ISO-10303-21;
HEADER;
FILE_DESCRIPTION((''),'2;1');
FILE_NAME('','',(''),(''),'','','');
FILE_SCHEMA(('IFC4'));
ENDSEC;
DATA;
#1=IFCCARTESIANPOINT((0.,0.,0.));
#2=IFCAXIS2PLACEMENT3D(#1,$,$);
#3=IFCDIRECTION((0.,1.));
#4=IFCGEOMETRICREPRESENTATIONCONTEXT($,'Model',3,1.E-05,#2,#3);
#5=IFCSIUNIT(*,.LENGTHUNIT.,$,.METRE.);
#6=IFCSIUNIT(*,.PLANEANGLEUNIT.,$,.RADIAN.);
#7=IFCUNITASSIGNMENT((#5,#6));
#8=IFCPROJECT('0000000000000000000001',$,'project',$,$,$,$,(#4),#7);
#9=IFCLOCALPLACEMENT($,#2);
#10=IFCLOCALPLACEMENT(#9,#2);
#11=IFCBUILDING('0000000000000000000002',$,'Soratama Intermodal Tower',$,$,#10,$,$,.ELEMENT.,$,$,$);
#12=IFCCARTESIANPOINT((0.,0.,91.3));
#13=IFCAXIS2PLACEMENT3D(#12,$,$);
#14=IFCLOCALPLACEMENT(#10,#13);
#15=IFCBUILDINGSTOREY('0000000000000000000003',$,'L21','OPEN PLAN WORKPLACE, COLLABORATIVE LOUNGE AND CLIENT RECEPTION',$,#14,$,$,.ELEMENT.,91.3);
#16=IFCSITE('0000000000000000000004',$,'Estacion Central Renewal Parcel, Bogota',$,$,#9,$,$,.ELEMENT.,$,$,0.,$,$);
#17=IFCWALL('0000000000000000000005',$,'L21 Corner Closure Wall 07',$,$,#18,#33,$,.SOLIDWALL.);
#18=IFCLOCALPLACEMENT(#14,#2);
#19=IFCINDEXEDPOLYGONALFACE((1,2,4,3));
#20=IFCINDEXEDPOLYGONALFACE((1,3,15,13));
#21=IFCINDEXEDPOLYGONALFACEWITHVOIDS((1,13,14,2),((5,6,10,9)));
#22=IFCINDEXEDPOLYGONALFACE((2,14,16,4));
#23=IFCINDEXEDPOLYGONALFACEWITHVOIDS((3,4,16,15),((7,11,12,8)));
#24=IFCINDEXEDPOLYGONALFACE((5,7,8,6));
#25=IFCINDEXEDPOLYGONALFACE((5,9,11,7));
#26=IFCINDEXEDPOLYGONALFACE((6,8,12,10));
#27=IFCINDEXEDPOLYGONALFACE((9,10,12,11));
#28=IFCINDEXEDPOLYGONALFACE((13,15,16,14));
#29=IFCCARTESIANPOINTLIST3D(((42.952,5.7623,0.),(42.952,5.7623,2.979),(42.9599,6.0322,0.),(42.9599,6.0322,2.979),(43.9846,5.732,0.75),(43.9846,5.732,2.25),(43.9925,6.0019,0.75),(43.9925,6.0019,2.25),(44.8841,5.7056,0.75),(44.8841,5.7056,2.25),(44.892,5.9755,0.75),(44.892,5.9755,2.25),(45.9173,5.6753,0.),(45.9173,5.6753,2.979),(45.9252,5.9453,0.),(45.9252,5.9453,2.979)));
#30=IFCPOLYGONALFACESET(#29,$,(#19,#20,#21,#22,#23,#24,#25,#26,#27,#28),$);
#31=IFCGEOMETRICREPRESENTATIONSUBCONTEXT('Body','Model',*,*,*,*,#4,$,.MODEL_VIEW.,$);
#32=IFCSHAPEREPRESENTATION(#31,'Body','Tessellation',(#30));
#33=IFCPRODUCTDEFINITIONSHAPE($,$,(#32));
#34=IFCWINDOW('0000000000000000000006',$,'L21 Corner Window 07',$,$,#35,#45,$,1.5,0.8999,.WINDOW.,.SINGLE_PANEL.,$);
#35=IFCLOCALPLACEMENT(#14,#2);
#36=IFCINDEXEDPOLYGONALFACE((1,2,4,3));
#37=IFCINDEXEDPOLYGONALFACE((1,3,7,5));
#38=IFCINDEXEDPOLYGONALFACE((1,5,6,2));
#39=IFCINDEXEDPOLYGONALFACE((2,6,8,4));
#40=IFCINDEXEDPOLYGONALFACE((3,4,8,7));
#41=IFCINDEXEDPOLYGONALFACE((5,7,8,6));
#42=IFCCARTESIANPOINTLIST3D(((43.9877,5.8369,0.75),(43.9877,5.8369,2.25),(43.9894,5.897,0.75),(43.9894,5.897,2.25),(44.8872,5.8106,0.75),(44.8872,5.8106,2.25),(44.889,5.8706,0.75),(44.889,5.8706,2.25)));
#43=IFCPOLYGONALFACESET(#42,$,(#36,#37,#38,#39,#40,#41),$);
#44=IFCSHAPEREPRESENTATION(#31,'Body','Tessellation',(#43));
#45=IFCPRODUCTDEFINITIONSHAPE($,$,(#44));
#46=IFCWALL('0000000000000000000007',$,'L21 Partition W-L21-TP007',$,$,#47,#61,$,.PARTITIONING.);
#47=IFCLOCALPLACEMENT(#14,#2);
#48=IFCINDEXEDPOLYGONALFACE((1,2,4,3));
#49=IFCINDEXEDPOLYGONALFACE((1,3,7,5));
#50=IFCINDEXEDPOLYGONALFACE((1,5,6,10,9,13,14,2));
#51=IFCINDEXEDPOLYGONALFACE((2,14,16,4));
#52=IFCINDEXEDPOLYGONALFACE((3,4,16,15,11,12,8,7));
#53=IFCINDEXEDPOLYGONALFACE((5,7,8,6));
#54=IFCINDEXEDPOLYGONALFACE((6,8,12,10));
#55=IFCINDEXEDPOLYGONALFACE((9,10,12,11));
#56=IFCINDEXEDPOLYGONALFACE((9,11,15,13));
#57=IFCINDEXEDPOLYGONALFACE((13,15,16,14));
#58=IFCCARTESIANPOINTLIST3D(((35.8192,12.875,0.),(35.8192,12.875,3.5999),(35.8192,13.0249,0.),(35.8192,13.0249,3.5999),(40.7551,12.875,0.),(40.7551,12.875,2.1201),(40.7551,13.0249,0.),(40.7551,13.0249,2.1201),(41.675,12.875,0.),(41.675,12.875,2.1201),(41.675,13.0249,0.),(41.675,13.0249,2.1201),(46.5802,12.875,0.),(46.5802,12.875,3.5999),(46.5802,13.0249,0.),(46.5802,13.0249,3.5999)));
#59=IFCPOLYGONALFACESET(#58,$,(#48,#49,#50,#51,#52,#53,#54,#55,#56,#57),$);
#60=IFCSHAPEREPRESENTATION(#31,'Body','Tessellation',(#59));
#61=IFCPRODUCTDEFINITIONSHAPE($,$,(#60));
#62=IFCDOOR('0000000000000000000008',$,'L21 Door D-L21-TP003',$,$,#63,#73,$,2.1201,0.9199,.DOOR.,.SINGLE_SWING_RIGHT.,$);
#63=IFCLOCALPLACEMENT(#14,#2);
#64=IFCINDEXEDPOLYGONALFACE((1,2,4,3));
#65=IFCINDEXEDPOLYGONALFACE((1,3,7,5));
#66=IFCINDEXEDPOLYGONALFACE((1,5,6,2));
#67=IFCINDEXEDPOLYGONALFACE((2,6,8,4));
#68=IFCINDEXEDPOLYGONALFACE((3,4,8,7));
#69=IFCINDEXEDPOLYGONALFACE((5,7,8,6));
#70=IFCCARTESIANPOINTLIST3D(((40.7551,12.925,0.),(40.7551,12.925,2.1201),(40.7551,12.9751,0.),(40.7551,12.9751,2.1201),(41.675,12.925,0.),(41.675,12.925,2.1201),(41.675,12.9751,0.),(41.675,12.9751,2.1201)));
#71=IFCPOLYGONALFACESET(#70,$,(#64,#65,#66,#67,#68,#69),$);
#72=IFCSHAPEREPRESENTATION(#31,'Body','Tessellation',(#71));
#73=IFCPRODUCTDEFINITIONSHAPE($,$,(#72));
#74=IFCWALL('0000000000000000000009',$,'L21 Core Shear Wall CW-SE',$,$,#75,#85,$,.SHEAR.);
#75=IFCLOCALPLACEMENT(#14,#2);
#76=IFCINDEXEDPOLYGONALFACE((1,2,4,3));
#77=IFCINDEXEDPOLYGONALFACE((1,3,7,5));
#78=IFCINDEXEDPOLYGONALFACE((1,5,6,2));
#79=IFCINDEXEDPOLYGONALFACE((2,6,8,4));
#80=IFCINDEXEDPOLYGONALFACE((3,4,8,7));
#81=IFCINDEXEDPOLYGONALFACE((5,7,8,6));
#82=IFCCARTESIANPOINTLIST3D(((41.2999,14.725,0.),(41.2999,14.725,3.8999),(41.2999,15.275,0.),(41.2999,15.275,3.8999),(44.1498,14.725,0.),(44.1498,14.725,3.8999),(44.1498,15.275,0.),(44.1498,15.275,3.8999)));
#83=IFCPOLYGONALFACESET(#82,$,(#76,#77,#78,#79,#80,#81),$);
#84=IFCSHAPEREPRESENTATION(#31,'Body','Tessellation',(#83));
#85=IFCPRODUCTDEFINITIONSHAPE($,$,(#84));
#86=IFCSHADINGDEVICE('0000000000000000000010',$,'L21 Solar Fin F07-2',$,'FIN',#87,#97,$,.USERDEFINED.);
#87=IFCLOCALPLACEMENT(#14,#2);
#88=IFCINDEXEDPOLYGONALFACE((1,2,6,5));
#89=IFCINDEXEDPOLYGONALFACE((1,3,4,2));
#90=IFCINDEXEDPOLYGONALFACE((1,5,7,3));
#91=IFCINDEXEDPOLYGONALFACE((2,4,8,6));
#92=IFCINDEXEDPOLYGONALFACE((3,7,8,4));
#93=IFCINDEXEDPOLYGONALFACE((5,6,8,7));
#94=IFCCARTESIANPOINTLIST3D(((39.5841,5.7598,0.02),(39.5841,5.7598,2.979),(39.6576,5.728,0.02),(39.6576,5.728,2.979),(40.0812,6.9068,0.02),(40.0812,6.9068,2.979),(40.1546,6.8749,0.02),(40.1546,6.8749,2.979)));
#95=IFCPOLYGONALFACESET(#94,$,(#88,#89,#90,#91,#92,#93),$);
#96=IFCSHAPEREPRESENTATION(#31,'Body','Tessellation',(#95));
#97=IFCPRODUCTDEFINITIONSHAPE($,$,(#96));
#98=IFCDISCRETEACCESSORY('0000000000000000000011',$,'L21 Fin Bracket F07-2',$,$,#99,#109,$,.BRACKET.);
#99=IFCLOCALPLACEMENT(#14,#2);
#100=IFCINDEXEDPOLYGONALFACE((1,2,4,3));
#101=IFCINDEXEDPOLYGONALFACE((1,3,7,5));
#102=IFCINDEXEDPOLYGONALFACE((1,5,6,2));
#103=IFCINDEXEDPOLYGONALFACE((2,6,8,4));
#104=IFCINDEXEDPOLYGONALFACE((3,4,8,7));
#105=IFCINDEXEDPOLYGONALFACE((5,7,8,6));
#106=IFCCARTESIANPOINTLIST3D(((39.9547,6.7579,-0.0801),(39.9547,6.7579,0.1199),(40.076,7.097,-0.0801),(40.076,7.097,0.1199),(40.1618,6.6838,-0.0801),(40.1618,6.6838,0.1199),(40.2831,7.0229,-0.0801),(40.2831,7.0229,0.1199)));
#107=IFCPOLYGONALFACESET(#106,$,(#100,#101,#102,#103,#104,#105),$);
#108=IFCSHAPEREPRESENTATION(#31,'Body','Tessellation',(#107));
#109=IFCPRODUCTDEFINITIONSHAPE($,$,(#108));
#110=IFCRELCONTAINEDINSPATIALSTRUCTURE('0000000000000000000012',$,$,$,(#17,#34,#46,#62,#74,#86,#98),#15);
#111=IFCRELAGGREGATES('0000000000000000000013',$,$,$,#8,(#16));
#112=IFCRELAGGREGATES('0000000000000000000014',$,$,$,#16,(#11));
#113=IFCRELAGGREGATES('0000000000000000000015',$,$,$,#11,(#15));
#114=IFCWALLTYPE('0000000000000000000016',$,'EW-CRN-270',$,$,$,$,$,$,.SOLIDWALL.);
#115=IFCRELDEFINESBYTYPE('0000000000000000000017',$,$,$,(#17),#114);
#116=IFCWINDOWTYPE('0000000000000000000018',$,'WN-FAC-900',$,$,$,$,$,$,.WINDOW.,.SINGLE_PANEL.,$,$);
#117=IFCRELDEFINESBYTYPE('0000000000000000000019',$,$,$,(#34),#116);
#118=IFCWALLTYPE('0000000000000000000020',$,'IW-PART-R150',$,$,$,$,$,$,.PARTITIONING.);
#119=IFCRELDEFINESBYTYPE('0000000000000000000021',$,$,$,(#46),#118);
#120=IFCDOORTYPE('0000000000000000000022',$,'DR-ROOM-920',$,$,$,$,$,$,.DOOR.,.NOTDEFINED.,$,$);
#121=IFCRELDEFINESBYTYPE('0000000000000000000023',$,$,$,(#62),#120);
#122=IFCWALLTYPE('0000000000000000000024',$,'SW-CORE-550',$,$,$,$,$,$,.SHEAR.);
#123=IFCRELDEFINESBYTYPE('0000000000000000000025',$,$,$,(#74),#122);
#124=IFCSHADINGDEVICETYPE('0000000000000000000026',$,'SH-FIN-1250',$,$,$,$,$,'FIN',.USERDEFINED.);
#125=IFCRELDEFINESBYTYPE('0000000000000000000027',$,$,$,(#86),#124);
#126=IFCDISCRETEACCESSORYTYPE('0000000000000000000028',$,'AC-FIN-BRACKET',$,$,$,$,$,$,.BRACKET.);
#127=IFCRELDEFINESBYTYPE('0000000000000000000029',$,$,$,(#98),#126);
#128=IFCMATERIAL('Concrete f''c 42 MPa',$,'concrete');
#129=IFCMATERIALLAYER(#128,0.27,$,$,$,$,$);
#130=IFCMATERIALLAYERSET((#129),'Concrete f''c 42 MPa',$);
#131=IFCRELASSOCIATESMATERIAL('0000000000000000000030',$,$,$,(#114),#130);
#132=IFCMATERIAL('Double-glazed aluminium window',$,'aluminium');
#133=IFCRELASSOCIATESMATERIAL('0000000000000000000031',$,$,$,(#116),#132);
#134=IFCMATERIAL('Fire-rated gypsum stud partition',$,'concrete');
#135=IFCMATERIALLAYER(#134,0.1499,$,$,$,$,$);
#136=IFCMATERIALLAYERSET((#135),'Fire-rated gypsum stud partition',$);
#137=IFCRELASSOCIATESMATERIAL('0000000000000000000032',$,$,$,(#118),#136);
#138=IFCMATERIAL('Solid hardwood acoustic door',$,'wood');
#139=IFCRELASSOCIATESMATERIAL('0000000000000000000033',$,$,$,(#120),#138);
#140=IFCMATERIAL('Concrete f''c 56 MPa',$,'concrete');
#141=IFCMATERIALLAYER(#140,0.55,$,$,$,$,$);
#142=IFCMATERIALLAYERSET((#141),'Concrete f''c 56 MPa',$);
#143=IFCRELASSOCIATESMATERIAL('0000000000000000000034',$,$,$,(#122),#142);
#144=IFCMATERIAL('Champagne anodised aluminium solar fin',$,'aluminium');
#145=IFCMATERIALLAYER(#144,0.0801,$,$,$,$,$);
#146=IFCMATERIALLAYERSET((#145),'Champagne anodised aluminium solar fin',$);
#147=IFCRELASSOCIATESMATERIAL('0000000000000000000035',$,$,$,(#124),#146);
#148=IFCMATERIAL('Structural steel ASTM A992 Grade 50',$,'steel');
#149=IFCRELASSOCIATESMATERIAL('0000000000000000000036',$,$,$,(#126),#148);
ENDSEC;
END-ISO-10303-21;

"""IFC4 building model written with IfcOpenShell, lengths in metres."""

from ifc_helpers import new_model, si_unit, direction, frame, frame_2d, origin, origin_2d, place, context, subcontext, project, spatial, rectangle, extrude, material, layer, layer_set, type_object, element, fill, save


model = new_model("IFC4")

# Units and contexts
model_context = context("Model", 3, precision=1e-05, world=origin(), true_north=direction((0.0, 1.0)))
body_context = subcontext(model_context, "Body", "Model", "MODEL_VIEW")
ifc_project = project(units=[si_unit("LENGTHUNIT", "METRE"), si_unit("PLANEANGLEUNIT", "RADIAN")], contexts=[model_context])

# Site, building, storey
site_placement = place(None, origin())
site = spatial("IfcSite", under=ifc_project, at=site_placement, Name="Estacion Central Renewal Parcel, Bogota", CompositionType="ELEMENT", RefElevation=0.0)
building_placement = place(site_placement, origin())
building = spatial("IfcBuilding", under=site, at=building_placement, Name="Soratama Intermodal Tower", CompositionType="ELEMENT")
storey_placement = place(building_placement, frame((0.0, 0.0, 91.3)))
storey = spatial("IfcBuildingStorey", under=building, at=storey_placement, Name="L21", Description="OPEN PLAN WORKPLACE, COLLABORATIVE LOUNGE AND CLIENT RECEPTION", CompositionType="ELEMENT", Elevation=91.3)

# Wall, opening, window
ifc_material_1 = material(Name="Concrete f'c 42 MPa", Category="concrete")
ifc_layer_1 = layer(ifc_material_1, 0.27)
ifc_layer_set_1 = layer_set([ifc_layer_1], Name="Concrete f'c 42 MPa")
wall_type_1 = type_object("IfcWallType", Name="EW-CRN-270", PredefinedType="SOLIDWALL", material=ifc_layer_set_1)
wall_1_placement = place(storey_placement, frame((42.9558, 5.8972, 0.0), z_axis=(0.0, 0.0, 1.0), x_axis=(0.999571, -0.029297, 0.0)))
wall_1 = element("IfcWall", 1, at=wall_1_placement, inside=storey, type_object=wall_type_1, Name="L21 Corner Closure Wall 07", PredefinedType="SOLIDWALL", context=body_context, shape_type="SweptSolid", body=[
    extrude(rectangle(XDim=2.9666, YDim=0.27, at=frame_2d((1.4834, 0.0))), origin(), (0.0, 0.0, 1.0), 2.979),
])
opening_1_placement = place(wall_1_placement, frame((1.0332, 0.0, 0.75)))
opening_1 = element("IfcOpeningElement", 2, at=opening_1_placement, cuts=wall_1, PredefinedType="OPENING", context=body_context, shape_type="SweptSolid", body=[
    extrude(rectangle(XDim=0.8999, YDim=1.5, at=frame_2d((0.45, 0.75))), frame((0.0, 0.145, 0.0), z_axis=(0.0, -1.0, 0.0), x_axis=(1.0, 0.0, 0.0)), (0.0, 0.0, 1.0), 0.29),
])
ifc_material_2 = material(Name="Double-glazed aluminium window", Category="aluminium")
window_type_1 = type_object("IfcWindowType", Name="WN-FAC-900", PartitioningType="SINGLE_PANEL", PredefinedType="WINDOW", material=ifc_material_2)
window_1_placement = place(opening_1_placement, origin())
window_1 = element("IfcWindow", 3, at=window_1_placement, inside=storey, type_object=window_type_1, Name="L21 Corner Window 07", OverallHeight=1.5, OverallWidth=0.8999, PartitioningType="SINGLE_PANEL", PredefinedType="WINDOW", context=body_context, shape_type="SweptSolid", body=[
    extrude(rectangle(XDim=0.8999, YDim=1.5, at=frame_2d((0.45, 0.75))), frame((0.0, 0.03, 0.0), z_axis=(0.0, -1.0, 0.0), x_axis=(1.0, 0.0, 0.0)), (0.0, 0.0, 1.0), 0.0601),
])
fill(opening_1, window_1)

# Wall, opening, door
ifc_material_3 = material(Name="Fire-rated gypsum stud partition", Category="concrete")
ifc_layer_2 = layer(ifc_material_3, 0.1499)
ifc_layer_set_2 = layer_set([ifc_layer_2], Name="Fire-rated gypsum stud partition")
wall_type_2 = type_object("IfcWallType", Name="IW-PART-R150", PredefinedType="PARTITIONING", material=ifc_layer_set_2)
wall_2_placement = place(storey_placement, frame((46.5801, 12.95, 0.0), z_axis=(0.0, 0.0, 1.0), x_axis=(-1.0, 0.0, 0.0)))
wall_2 = element("IfcWall", 4, at=wall_2_placement, inside=storey, type_object=wall_type_2, Name="L21 Partition W-L21-TP007", PredefinedType="PARTITIONING", context=body_context, shape_type="SweptSolid", body=[
    extrude(rectangle(XDim=10.761, YDim=0.1499, at=frame_2d((5.3804, 0.0))), origin(), (0.0, 0.0, 1.0), 3.5999),
])
opening_2_placement = place(wall_2_placement, frame((4.905, 0.0, 0.0)))
opening_2 = element("IfcOpeningElement", 5, at=opening_2_placement, cuts=wall_2, PredefinedType="OPENING", context=body_context, shape_type="SweptSolid", body=[
    extrude(rectangle(XDim=0.9199, YDim=2.1201, at=frame_2d((0.46, 1.0601))), frame((0.0, 0.085, 0.0), z_axis=(0.0, -1.0, 0.0), x_axis=(1.0, 0.0, 0.0)), (0.0, 0.0, 1.0), 0.1699),
])
ifc_material_4 = material(Name="Solid hardwood acoustic door", Category="wood")
door_type_1 = type_object("IfcDoorType", Name="DR-ROOM-920", OperationType="NOTDEFINED", PredefinedType="DOOR", material=ifc_material_4)
door_1_placement = place(opening_2_placement, origin())
door_1 = element("IfcDoor", 6, at=door_1_placement, inside=storey, type_object=door_type_1, Name="L21 Door D-L21-TP003", OperationType="SINGLE_SWING_RIGHT", OverallHeight=2.1201, OverallWidth=0.9199, PredefinedType="DOOR", context=body_context, shape_type="SweptSolid", body=[
    extrude(rectangle(XDim=0.9199, YDim=2.1201, at=frame_2d((0.46, 1.0601))), frame((0.0, 0.0249, 0.0), z_axis=(0.0, -1.0, 0.0), x_axis=(1.0, 0.0, 0.0)), (0.0, 0.0, 1.0), 0.05),
])
fill(opening_2, door_1)

# Wall
ifc_material_5 = material(Name="Concrete f'c 56 MPa", Category="concrete")
ifc_layer_3 = layer(ifc_material_5, 0.55)
ifc_layer_set_3 = layer_set([ifc_layer_3], Name="Concrete f'c 56 MPa")
wall_type_3 = type_object("IfcWallType", Name="SW-CORE-550", PredefinedType="SHEAR", material=ifc_layer_set_3)
wall_3_placement = place(storey_placement, frame((41.3, 15.0, 0.0), z_axis=(0.0, 0.0, 1.0), x_axis=(1.0, 0.0, 0.0)))
element("IfcWall", 7, at=wall_3_placement, inside=storey, type_object=wall_type_3, Name="L21 Core Shear Wall CW-SE", PredefinedType="SHEAR", context=body_context, shape_type="SweptSolid", body=[
    extrude(rectangle(XDim=2.8499, YDim=0.55, at=frame_2d((1.4248, 0.0))), origin(), (0.0, 0.0, 1.0), 3.8999),
])

# Shading device
ifc_material_6 = material(Name="Champagne anodised aluminium solar fin", Category="aluminium")
ifc_layer_4 = layer(ifc_material_6, 0.0801)
ifc_layer_set_4 = layer_set([ifc_layer_4], Name="Champagne anodised aluminium solar fin")
shading_device_type = type_object("IfcShadingDeviceType", Name="SH-FIN-1250", ElementType="FIN", PredefinedType="USERDEFINED", material=ifc_layer_set_4)
shading_device_placement = place(storey_placement, frame((39.8694, 6.3174, 0.02), z_axis=(0.0, 0.0, 1.0), x_axis=(-0.397628, -0.917547, 0.0)))
element("IfcShadingDevice", 8, at=shading_device_placement, inside=storey, type_object=shading_device_type, Name="L21 Solar Fin F07-2", ObjectType="FIN", PredefinedType="USERDEFINED", context=body_context, shape_type="SweptSolid", body=[
    extrude(rectangle(XDim=1.25, YDim=0.0801, at=origin_2d()), origin(), (0.0, 0.0, 1.0), 2.959),
])

# Discrete accessory
ifc_material_7 = material(Name="Structural steel ASTM A992 Grade 50", Category="steel")
discrete_accessory_type = type_object("IfcDiscreteAccessoryType", Name="AC-FIN-BRACKET", PredefinedType="BRACKET", material=ifc_material_7)
discrete_accessory_placement = place(storey_placement, frame((40.1189, 6.8904, -0.0801), z_axis=(0.0, 0.0, 1.0), x_axis=(-0.336767, -0.941588, 0.0)))
element("IfcDiscreteAccessory", 9, at=discrete_accessory_placement, inside=storey, type_object=discrete_accessory_type, Name="L21 Fin Bracket F07-2", PredefinedType="BRACKET", context=body_context, shape_type="SweptSolid", body=[
    extrude(rectangle(XDim=0.3601, YDim=0.22, at=origin_2d()), origin(), (0.0, 0.0, 1.0), 0.2),
])

save(model, "model.ifc")
